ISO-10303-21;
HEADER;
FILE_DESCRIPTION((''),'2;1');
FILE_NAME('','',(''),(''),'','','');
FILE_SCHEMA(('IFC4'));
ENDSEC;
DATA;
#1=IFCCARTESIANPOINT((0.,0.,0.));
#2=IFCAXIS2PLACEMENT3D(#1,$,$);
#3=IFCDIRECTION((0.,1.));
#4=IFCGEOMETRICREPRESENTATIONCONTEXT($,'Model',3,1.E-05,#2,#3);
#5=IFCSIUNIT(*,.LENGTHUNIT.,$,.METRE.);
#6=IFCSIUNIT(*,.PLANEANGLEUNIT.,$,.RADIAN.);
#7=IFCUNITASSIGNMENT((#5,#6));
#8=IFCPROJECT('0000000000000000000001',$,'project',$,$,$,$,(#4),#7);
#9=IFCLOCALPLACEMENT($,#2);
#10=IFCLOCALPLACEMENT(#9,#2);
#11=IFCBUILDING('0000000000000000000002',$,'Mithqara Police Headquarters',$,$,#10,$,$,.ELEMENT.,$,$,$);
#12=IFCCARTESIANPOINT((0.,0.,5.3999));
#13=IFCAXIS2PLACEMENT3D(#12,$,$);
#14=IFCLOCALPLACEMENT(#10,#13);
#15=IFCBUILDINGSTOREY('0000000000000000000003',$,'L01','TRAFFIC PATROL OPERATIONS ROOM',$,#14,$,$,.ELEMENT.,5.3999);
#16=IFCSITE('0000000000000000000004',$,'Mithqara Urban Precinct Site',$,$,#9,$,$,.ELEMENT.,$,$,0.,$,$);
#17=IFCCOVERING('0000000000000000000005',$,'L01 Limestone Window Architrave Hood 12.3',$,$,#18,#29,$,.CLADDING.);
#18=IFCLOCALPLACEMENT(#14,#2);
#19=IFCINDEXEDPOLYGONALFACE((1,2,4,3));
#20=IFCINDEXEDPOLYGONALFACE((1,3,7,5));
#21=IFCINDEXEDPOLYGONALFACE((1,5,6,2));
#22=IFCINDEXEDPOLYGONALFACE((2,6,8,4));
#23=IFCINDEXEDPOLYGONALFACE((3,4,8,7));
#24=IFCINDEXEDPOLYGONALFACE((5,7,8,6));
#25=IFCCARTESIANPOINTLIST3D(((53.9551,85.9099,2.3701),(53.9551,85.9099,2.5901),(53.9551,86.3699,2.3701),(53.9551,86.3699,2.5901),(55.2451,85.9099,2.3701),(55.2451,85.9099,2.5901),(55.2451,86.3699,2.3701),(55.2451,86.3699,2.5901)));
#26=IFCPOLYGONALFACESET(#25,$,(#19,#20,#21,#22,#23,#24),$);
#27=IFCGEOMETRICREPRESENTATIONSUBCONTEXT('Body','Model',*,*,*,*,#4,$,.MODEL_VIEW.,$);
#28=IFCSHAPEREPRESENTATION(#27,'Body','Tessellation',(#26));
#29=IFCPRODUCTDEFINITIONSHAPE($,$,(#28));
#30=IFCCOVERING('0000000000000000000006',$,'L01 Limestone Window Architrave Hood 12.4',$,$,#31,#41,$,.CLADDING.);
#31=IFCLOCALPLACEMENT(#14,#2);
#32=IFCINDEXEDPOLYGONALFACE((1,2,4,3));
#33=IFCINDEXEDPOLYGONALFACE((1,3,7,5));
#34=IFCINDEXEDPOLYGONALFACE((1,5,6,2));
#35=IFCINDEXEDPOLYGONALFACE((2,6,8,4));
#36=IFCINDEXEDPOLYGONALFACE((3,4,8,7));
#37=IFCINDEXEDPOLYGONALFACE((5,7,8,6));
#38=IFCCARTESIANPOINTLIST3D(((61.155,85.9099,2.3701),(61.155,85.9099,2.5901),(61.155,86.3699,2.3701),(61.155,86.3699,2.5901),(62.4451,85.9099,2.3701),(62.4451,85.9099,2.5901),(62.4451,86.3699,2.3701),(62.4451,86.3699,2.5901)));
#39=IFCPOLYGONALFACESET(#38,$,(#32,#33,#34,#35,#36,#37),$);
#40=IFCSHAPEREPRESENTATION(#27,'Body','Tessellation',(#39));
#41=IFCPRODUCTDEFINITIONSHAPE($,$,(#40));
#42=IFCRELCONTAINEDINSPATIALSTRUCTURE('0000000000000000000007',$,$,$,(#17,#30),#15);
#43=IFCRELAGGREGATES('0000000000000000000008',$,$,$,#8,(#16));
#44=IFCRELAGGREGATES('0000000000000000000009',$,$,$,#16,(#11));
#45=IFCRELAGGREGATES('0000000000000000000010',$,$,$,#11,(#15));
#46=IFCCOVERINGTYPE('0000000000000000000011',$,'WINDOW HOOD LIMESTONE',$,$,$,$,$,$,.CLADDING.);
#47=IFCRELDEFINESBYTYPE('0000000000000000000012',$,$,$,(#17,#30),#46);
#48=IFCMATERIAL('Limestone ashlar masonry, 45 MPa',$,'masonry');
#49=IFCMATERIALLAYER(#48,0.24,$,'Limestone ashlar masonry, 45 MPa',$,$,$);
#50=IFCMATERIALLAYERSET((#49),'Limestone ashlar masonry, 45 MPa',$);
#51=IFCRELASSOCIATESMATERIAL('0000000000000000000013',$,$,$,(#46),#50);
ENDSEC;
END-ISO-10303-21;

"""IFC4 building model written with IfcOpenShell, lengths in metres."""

from ifc_helpers import new_model, si_unit, direction, frame, origin, origin_2d, place, context, subcontext, project, spatial, rectangle, extrude, material, layer, layer_set, type_object, element, save


model = new_model("IFC4")

# Units and contexts
model_context = context("Model", 3, precision=1e-05, world=origin(), true_north=direction((0.0, 1.0)))
body_context = subcontext(model_context, "Body", "Model", "MODEL_VIEW")
ifc_project = project(units=[si_unit("LENGTHUNIT", "METRE"), si_unit("PLANEANGLEUNIT", "RADIAN")], contexts=[model_context])

# Site, building, storey
site_placement = place(None, origin())
site = spatial("IfcSite", under=ifc_project, at=site_placement, Name="Mithqara Urban Precinct Site", CompositionType="ELEMENT", RefElevation=0.0)
building_placement = place(site_placement, origin())
building = spatial("IfcBuilding", under=site, at=building_placement, Name="Mithqara Police Headquarters", CompositionType="ELEMENT")
storey_placement = place(building_placement, frame((0.0, 0.0, 5.3999)))
storey = spatial("IfcBuildingStorey", under=building, at=storey_placement, Name="L01", Description="TRAFFIC PATROL OPERATIONS ROOM", CompositionType="ELEMENT", Elevation=5.3999)

# Coverings
ifc_material_1 = material(Name="Limestone ashlar masonry, 45 MPa", Category="masonry")
ifc_layer_1 = layer(ifc_material_1, 0.24, Name="Limestone ashlar masonry, 45 MPa")
ifc_layer_set_1 = layer_set([ifc_layer_1], Name="Limestone ashlar masonry, 45 MPa")
covering_type = type_object("IfcCoveringType", Name="WINDOW HOOD LIMESTONE", PredefinedType="CLADDING", material=ifc_layer_set_1)
for number, where, z_axis, x_axis, name in (
    (1, (54.6001, 86.1399, 2.3701), (0.0, 0.0, 1.0), (1.0, 0.0, 0.0), "L01 Limestone Window Architrave Hood 12.3"),
    (2, (61.8, 86.1399, 2.3701), (0.0, 0.0, 1.0), (1.0, 0.0, 0.0), "L01 Limestone Window Architrave Hood 12.4"),
):
    element("IfcCovering", number, at=place(storey_placement, frame(where, z_axis=z_axis, x_axis=x_axis)), inside=storey, type_object=covering_type, Name=name, PredefinedType="CLADDING", context=body_context, shape_type="SweptSolid", body=[
        extrude(rectangle(XDim=1.29, YDim=0.46, at=origin_2d()), origin(), (0.0, 0.0, 1.0), 0.22),
    ])

save(model, "model.ifc")
